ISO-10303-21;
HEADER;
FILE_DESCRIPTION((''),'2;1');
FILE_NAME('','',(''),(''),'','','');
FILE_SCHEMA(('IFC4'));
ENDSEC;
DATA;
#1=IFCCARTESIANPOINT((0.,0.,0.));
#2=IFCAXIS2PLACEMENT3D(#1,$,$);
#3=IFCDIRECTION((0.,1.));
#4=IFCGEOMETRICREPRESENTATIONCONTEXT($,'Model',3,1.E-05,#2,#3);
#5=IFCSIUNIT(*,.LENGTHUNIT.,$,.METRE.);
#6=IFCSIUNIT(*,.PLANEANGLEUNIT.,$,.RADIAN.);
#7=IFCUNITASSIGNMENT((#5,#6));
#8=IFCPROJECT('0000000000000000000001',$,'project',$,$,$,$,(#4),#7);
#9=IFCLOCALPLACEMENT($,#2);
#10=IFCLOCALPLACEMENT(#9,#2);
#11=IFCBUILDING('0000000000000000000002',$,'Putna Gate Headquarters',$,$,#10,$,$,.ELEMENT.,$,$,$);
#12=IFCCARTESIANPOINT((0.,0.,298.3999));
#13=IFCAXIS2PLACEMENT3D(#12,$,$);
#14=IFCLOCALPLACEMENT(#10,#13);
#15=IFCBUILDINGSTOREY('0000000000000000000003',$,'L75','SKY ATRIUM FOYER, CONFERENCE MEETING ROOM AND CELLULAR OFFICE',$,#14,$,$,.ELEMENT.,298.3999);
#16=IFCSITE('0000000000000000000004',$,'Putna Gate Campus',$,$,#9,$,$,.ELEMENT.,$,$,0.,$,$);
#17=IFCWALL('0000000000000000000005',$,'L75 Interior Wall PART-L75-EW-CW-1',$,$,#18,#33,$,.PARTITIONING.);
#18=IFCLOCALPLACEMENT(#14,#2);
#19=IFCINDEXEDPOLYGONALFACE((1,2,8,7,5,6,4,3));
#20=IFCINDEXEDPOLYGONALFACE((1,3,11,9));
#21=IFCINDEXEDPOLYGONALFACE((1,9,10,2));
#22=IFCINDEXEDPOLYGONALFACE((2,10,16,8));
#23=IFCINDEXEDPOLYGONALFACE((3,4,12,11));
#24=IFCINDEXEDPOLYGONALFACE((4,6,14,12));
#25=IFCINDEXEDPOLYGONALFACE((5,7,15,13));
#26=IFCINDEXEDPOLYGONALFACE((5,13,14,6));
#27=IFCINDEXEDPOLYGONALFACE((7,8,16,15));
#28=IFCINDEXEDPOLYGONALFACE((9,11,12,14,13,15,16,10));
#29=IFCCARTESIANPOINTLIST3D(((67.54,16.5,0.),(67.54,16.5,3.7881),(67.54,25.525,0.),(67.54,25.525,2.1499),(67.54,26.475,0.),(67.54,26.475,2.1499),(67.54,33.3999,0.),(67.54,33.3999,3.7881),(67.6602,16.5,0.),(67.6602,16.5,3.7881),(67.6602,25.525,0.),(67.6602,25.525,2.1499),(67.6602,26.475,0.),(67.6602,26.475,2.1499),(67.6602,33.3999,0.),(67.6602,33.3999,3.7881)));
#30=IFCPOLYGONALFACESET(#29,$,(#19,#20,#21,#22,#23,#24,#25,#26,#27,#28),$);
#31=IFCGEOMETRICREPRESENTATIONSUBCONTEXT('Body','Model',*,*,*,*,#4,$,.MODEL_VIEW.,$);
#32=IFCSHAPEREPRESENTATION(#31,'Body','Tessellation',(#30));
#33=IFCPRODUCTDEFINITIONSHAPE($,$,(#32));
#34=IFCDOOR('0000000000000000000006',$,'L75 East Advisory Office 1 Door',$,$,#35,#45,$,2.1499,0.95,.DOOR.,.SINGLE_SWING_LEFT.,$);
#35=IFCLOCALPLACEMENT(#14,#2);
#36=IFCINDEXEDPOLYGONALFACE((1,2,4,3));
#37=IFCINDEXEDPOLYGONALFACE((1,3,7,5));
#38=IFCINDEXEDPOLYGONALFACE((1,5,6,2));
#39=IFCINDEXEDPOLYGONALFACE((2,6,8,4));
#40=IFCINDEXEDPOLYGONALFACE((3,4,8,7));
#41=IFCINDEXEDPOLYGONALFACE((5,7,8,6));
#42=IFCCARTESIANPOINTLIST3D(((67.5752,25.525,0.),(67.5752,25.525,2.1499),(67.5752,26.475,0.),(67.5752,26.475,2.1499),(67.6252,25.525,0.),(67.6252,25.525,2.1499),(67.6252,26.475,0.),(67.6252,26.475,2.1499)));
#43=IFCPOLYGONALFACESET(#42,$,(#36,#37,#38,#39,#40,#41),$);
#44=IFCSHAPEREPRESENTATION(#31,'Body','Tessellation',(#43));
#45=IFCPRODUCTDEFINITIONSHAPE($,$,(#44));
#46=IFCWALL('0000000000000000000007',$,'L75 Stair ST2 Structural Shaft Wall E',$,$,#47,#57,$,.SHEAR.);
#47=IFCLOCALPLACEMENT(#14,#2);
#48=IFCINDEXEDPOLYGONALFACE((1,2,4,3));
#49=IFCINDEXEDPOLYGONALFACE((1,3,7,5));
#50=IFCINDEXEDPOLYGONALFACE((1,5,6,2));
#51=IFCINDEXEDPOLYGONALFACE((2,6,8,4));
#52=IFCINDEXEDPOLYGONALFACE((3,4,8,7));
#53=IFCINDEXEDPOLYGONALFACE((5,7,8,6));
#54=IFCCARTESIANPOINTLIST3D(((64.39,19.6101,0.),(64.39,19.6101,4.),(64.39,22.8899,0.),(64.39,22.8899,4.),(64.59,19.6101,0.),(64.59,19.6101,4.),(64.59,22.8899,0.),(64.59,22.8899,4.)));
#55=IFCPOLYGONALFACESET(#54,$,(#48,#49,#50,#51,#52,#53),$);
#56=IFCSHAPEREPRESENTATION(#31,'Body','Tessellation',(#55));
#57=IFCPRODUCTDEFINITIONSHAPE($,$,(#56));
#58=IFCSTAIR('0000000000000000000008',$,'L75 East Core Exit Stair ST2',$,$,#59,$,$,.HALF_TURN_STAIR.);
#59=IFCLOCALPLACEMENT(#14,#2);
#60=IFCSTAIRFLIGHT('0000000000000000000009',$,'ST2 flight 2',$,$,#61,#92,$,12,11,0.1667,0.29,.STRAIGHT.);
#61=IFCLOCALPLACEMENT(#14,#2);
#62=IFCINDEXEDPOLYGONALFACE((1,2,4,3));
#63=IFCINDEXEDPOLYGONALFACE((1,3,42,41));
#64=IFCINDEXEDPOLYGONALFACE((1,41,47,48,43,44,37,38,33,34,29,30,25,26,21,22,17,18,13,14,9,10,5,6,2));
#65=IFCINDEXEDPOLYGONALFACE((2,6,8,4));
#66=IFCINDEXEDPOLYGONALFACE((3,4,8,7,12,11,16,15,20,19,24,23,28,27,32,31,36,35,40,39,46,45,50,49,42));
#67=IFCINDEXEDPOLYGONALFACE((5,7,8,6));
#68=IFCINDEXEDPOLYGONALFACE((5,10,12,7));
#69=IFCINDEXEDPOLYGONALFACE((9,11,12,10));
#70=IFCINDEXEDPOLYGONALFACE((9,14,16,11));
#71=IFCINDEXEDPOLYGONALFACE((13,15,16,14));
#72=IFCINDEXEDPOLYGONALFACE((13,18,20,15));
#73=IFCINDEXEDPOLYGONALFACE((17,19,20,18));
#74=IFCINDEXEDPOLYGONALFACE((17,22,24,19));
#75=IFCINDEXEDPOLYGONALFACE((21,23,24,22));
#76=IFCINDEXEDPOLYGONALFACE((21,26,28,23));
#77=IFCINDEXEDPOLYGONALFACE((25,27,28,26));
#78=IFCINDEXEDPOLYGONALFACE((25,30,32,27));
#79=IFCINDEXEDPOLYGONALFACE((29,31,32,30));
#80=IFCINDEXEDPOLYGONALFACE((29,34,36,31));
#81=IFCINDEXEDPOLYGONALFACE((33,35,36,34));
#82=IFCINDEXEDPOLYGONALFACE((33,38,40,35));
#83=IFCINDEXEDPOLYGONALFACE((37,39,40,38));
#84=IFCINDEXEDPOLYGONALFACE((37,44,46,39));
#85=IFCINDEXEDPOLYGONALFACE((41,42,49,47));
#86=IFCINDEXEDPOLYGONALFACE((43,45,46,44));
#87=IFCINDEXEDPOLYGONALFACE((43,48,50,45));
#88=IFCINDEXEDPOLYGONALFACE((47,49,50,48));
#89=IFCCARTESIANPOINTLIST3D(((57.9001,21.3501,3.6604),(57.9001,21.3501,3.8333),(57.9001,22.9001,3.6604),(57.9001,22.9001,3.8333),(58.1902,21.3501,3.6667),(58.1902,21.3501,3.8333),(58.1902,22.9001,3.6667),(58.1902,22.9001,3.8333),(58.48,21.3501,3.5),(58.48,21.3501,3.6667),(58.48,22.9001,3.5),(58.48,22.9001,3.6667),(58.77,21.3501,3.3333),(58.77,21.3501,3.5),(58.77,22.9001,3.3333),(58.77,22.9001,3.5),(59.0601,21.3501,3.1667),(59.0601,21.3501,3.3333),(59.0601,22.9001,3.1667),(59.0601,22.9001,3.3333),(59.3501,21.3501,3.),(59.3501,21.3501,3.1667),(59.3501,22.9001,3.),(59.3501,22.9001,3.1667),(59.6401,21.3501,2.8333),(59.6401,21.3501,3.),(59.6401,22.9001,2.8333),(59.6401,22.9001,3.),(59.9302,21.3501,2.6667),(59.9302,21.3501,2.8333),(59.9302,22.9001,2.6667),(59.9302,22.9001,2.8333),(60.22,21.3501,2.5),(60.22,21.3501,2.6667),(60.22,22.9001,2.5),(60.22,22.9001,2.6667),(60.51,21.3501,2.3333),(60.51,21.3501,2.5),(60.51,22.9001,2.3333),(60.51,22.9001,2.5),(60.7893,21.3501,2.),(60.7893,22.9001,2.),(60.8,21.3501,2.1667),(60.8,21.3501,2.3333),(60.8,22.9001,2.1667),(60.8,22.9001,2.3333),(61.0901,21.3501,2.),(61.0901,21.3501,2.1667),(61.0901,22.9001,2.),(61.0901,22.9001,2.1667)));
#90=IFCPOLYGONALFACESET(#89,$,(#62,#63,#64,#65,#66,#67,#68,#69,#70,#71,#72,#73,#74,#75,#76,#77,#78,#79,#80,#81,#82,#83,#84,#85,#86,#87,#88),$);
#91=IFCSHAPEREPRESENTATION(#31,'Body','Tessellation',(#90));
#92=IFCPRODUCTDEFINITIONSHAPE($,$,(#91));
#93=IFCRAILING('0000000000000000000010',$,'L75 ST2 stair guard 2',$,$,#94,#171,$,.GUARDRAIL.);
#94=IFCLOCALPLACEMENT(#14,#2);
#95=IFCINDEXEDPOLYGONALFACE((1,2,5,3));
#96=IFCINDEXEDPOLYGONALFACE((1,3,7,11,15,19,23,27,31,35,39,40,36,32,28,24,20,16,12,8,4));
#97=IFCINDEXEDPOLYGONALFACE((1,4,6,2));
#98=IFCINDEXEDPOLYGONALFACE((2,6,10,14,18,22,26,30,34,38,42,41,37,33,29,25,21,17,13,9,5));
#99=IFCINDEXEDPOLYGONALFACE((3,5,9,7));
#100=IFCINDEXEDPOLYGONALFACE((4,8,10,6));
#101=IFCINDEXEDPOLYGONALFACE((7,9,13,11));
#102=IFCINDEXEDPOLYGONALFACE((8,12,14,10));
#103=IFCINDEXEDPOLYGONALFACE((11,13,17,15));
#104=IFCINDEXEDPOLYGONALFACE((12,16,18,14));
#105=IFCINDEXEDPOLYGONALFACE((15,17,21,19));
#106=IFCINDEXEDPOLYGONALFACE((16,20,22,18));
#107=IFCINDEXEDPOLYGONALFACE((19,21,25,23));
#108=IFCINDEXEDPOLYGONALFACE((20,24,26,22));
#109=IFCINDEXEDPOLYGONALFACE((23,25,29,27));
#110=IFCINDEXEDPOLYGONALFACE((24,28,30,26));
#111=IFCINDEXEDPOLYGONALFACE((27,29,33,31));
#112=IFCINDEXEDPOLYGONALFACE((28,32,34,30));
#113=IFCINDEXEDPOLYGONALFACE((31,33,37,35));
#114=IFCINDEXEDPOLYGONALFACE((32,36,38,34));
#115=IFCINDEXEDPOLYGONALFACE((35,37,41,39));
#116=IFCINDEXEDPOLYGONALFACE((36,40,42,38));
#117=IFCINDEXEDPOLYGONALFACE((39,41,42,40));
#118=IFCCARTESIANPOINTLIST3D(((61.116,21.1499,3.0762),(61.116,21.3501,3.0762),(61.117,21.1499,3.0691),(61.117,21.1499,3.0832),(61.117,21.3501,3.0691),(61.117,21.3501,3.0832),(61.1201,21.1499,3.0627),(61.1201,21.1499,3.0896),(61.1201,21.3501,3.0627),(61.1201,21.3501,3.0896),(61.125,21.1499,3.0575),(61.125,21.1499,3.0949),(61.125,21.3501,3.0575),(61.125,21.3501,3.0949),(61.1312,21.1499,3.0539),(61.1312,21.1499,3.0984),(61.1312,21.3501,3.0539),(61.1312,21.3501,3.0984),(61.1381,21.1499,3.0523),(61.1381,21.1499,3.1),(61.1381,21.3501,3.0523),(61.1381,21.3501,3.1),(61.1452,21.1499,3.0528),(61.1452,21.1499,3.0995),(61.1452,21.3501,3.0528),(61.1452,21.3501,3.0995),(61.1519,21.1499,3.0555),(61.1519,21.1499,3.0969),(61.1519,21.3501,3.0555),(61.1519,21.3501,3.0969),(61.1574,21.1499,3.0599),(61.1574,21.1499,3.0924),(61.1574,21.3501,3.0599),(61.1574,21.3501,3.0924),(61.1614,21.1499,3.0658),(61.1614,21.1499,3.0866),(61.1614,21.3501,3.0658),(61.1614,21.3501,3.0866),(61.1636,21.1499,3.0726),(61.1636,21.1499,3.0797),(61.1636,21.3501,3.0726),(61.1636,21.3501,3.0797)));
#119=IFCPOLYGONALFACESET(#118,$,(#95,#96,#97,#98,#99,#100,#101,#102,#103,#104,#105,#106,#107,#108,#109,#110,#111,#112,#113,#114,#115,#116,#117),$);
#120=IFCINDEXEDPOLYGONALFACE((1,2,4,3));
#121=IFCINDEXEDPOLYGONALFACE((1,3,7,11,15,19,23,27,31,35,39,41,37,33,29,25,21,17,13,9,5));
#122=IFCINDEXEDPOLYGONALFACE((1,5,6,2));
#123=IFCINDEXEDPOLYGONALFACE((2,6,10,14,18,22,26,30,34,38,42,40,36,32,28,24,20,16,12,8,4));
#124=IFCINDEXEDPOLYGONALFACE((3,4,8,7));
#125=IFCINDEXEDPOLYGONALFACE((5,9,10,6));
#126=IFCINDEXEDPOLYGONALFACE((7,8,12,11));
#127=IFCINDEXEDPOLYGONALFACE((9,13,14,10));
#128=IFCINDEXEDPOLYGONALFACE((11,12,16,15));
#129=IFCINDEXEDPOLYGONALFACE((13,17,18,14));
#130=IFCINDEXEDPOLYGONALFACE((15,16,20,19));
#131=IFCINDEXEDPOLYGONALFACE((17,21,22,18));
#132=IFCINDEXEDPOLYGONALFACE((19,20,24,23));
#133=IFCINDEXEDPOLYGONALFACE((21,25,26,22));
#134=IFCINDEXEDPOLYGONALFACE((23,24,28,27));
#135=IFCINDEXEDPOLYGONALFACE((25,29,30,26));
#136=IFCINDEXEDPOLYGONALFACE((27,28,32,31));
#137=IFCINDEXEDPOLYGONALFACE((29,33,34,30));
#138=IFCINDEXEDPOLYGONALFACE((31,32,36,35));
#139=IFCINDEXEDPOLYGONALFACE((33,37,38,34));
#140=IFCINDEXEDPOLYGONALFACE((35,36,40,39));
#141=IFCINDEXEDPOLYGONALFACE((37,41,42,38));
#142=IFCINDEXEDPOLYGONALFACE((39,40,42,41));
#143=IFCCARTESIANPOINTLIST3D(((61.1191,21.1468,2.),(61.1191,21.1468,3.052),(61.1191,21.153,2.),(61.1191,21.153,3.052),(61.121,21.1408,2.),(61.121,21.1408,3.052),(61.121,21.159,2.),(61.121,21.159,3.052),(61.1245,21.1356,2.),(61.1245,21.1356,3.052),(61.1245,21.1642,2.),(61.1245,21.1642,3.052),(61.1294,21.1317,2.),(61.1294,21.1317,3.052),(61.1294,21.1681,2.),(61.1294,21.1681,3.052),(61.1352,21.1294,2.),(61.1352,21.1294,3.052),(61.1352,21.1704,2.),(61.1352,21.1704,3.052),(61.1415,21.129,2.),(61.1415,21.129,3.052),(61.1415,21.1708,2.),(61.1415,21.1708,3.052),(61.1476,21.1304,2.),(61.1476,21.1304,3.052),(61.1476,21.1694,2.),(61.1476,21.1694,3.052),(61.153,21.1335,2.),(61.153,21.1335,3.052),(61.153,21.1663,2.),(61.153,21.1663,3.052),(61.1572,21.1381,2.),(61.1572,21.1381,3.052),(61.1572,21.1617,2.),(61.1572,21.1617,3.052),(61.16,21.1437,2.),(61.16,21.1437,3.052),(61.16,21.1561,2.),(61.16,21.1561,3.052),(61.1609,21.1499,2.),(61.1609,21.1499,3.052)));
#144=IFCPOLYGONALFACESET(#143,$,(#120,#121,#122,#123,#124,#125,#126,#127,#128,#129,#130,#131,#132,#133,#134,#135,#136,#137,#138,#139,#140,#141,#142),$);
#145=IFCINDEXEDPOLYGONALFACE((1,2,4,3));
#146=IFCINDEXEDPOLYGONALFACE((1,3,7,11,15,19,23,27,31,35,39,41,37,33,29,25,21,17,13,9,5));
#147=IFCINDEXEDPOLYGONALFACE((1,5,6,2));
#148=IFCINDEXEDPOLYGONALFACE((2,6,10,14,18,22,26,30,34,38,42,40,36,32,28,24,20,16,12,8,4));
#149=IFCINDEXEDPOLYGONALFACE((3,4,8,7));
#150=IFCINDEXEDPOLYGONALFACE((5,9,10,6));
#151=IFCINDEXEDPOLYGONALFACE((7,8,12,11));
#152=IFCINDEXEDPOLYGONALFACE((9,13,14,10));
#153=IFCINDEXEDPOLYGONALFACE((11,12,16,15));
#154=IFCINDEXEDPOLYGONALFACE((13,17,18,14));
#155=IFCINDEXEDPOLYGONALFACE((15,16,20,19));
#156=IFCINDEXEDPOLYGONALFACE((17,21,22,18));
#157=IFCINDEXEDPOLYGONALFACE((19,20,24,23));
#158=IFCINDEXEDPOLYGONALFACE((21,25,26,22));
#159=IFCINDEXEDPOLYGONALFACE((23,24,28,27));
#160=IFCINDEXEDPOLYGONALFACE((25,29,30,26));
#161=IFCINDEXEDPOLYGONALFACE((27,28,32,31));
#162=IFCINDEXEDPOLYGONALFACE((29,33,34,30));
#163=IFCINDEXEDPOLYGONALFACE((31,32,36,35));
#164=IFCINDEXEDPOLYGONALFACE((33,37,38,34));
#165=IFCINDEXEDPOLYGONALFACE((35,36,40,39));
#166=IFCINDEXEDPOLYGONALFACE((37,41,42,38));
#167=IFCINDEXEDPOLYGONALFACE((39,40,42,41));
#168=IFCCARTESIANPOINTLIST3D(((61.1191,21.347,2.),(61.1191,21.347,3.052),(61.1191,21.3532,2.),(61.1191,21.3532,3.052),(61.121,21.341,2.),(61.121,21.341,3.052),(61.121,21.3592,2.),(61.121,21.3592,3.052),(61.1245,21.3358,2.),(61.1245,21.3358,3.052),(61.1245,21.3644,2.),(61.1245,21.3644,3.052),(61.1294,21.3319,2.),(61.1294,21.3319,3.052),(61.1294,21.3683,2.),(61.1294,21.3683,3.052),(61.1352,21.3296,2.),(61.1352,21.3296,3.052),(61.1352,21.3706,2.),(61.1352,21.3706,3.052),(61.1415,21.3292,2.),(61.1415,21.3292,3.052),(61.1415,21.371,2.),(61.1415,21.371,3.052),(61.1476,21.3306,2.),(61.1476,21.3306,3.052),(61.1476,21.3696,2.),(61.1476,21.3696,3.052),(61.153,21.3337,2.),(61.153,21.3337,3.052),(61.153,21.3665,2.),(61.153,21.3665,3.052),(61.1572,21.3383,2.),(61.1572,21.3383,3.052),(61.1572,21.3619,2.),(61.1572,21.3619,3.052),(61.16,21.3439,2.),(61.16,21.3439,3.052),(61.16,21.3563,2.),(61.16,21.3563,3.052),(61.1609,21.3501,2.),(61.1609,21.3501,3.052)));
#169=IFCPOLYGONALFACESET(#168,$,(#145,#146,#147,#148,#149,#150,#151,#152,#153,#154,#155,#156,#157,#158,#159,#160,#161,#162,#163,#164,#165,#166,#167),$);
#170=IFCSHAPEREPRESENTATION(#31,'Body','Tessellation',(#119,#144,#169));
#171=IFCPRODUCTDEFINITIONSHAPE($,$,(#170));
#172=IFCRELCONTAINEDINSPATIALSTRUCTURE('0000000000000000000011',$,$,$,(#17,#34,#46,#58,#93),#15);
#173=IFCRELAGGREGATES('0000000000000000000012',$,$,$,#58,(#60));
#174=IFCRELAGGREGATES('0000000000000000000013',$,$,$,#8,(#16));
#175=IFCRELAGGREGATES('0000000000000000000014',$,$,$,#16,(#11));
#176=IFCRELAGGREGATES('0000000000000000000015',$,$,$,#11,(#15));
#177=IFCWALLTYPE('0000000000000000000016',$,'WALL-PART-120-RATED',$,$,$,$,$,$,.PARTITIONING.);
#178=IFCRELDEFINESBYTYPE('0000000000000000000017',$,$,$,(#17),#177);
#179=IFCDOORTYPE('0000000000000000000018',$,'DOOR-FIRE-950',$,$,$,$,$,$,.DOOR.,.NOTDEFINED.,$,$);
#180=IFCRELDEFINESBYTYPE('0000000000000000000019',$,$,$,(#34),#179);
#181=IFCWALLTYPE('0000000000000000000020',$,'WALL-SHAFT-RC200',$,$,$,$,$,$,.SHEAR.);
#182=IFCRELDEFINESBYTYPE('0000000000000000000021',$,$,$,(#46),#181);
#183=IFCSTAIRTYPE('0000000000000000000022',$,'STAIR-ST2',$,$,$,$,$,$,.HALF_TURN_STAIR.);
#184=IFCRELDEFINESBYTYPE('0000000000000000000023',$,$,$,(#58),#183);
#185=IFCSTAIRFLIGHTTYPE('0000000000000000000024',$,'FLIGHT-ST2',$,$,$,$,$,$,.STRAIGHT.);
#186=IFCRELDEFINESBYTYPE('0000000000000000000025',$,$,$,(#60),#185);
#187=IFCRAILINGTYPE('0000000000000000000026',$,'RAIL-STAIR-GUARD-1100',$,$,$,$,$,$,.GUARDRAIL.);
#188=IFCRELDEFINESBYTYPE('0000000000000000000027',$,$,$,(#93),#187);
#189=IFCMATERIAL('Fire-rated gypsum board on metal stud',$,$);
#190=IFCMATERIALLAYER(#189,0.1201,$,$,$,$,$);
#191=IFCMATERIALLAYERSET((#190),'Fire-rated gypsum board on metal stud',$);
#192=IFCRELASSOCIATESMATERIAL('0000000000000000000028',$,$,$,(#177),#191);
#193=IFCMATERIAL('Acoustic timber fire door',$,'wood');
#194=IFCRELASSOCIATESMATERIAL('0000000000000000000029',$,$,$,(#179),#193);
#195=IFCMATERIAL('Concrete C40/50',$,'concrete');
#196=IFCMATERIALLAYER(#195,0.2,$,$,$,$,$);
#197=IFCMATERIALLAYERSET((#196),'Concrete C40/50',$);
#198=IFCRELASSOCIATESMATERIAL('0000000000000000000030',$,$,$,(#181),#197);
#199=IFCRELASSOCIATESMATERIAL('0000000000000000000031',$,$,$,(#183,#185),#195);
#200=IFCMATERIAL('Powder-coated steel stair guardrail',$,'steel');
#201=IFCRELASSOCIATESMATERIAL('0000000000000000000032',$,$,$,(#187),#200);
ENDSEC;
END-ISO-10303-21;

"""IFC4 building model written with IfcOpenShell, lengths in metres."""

from ifc_helpers import new_model, si_unit, direction, frame, frame_2d, origin, origin_2d, place, context, subcontext, project, spatial, polyline, rectangle, circle, outline, extrude, material, layer, layer_set, type_object, element, fill, aggregate, save


model = new_model("IFC4")

# Units and contexts
model_context = context("Model", 3, precision=1e-05, world=origin(), true_north=direction((0.0, 1.0)))
body_context = subcontext(model_context, "Body", "Model", "MODEL_VIEW")
ifc_project = project(units=[si_unit("LENGTHUNIT", "METRE"), si_unit("PLANEANGLEUNIT", "RADIAN")], contexts=[model_context])

# Site, building, storey
site_placement = place(None, origin())
site = spatial("IfcSite", under=ifc_project, at=site_placement, Name="Putna Gate Campus", CompositionType="ELEMENT", RefElevation=0.0)
building_placement = place(site_placement, origin())
building = spatial("IfcBuilding", under=site, at=building_placement, Name="Putna Gate Headquarters", CompositionType="ELEMENT")
storey_placement = place(building_placement, frame((0.0, 0.0, 298.3999)))
storey = spatial("IfcBuildingStorey", under=building, at=storey_placement, Name="L75", Description="SKY ATRIUM FOYER, CONFERENCE MEETING ROOM AND CELLULAR OFFICE", CompositionType="ELEMENT", Elevation=298.3999)

# Shared definitions
ifc_material_1 = material(Name="Fire-rated gypsum board on metal stud")
ifc_layer_1 = layer(ifc_material_1, 0.1201)
ifc_layer_set_1 = layer_set([ifc_layer_1], Name="Fire-rated gypsum board on metal stud")
wall_type_1 = type_object("IfcWallType", Name="WALL-PART-120-RATED", PredefinedType="PARTITIONING", material=ifc_layer_set_1)

# Wall, opening, door
ifc_material_2 = material(Name="Acoustic timber fire door", Category="wood")
door_type_1 = type_object("IfcDoorType", Name="DOOR-FIRE-950", OperationType="NOTDEFINED", PredefinedType="DOOR", material=ifc_material_2)
wall_1_placement = place(storey_placement, frame((67.6001, 16.5, 0.0), z_axis=(0.0, 0.0, 1.0), x_axis=(0.0, 1.0, 0.0)))
wall_1 = element("IfcWall", 1, at=wall_1_placement, inside=storey, type_object=wall_type_1, Name="L75 Interior Wall PART-L75-EW-CW-1", PredefinedType="PARTITIONING", context=body_context, shape_type="SweptSolid", body=[
    extrude(rectangle(XDim=16.8999, YDim=0.1201, at=frame_2d((8.45, 0.0))), origin(), (0.0, 0.0, 1.0), 3.7881),
])
opening_1_placement = place(wall_1_placement, frame((9.0249, 0.0, 0.0)))
opening_1 = element("IfcOpeningElement", 2, at=opening_1_placement, cuts=wall_1, PredefinedType="OPENING", context=body_context, shape_type="SweptSolid", body=[
    extrude(rectangle(XDim=0.95, YDim=2.1499, at=frame_2d((0.4751, 1.075))), frame((0.0, 0.0701, 0.0), z_axis=(0.0, -1.0, 0.0), x_axis=(1.0, 0.0, 0.0)), (0.0, 0.0, 1.0), 0.1401),
])
door_1_placement = place(opening_1_placement, origin())
door_1 = element("IfcDoor", 3, at=door_1_placement, inside=storey, type_object=door_type_1, Name="L75 East Advisory Office 1 Door", OperationType="SINGLE_SWING_LEFT", OverallHeight=2.1499, OverallWidth=0.95, PredefinedType="DOOR", context=body_context, shape_type="SweptSolid", body=[
    extrude(rectangle(XDim=0.95, YDim=2.1499, at=frame_2d((0.4751, 1.075))), frame((0.0, 0.0249, 0.0), z_axis=(0.0, -1.0, 0.0), x_axis=(1.0, 0.0, 0.0)), (0.0, 0.0, 1.0), 0.05),
])
fill(opening_1, door_1)

# Wall
ifc_material_3 = material(Name="Concrete C40/50", Category="concrete")
ifc_layer_2 = layer(ifc_material_3, 0.2)
ifc_layer_set_2 = layer_set([ifc_layer_2], Name="Concrete C40/50")
wall_type_2 = type_object("IfcWallType", Name="WALL-SHAFT-RC200", PredefinedType="SHEAR", material=ifc_layer_set_2)
wall_2_placement = place(storey_placement, frame((64.49, 19.6101, 0.0), z_axis=(0.0, 0.0, 1.0), x_axis=(0.0, 1.0, 0.0)))
element("IfcWall", 4, at=wall_2_placement, inside=storey, type_object=wall_type_2, Name="L75 Stair ST2 Structural Shaft Wall E", PredefinedType="SHEAR", context=body_context, shape_type="SweptSolid", body=[
    extrude(rectangle(XDim=3.2798, YDim=0.2, at=frame_2d((1.6399, 0.0))), origin(), (0.0, 0.0, 1.0), 4.0),
])

# Stair, stair flight
stair_type = type_object("IfcStairType", Name="STAIR-ST2", PredefinedType="HALF_TURN_STAIR", material=ifc_material_3)
stair_placement = place(storey_placement, origin())
stair = element("IfcStair", 5, at=stair_placement, inside=storey, type_object=stair_type, Name="L75 East Core Exit Stair ST2", PredefinedType="HALF_TURN_STAIR")
stair_flight_type = type_object("IfcStairFlightType", Name="FLIGHT-ST2", PredefinedType="STRAIGHT", material=ifc_material_3)
stair_flight_placement = place(storey_placement, frame((61.0901, 22.125, 2.0), z_axis=(0.0, 0.0, 1.0), x_axis=(-1.0, 0.0, 0.0)))
stair_flight = element("IfcStairFlight", 6, at=stair_flight_placement, type_object=stair_flight_type, Name="ST2 flight 2", NumberOfRisers=12, NumberOfTreads=11, PredefinedType="STRAIGHT", RiserHeight=0.1667, TreadLength=0.29, context=body_context, shape_type="SweptSolid", body=[
    extrude(outline(polyline([(0.0, 0.0), (0.0, 0.1667), (0.29, 0.1667), (0.29, 0.3333), (0.5801, 0.3333), (0.5801, 0.5), (0.8701, 0.5), (0.8701, 0.6667), (1.1599, 0.6667), (1.1599, 0.8333), (1.45, 0.8333), (1.45, 1.0), (1.74, 1.0), (1.74, 1.1667), (2.03, 1.1667), (2.03, 1.3333), (2.3201, 1.3333), (2.3201, 1.5), (2.6101, 1.5), (2.6101, 1.6667), (2.8999, 1.6667), (2.8999, 1.8333), (3.1899, 1.8333), (3.1899, 2.0), (3.1899, 1.6604), (0.3008, 0.0), (0.0, 0.0)])), frame((0.0, 0.7749, 0.0), z_axis=(0.0, -1.0, 0.0), x_axis=(1.0, 0.0, 0.0)), (0.0, 0.0, 1.0), 1.55),
])
aggregate(stair, [stair_flight])

# Railing
ifc_material_4 = material(Name="Powder-coated steel stair guardrail", Category="steel")
railing_type = type_object("IfcRailingType", Name="RAIL-STAIR-GUARD-1100", PredefinedType="GUARDRAIL", material=ifc_material_4)
railing_1_placement = place(storey_placement, frame((61.1399, 21.1499, 2.0)))
element("IfcRailing", 7, at=railing_1_placement, inside=storey, type_object=railing_type, Name="L75 ST2 stair guard 2", PredefinedType="GUARDRAIL", context=body_context, shape_type="SweptSolid", body=[
    extrude(circle(Radius=0.0239, at=origin_2d()), frame((0.0, 0.0, 1.0762), z_axis=(0.0, 1.0, 0.0), x_axis=(-1.0, 0.0, 0.0)), (0.0, 0.0, 1.0), 0.2002),
    extrude(circle(Radius=0.021, at=origin_2d()), origin(), (0.0, 0.0, 1.0), 1.052),
    extrude(circle(Radius=0.021, at=origin_2d()), frame((0.0, 0.2002, 0.0)), (0.0, 0.0, 1.0), 1.052),
])

save(model, "model.ifc")
